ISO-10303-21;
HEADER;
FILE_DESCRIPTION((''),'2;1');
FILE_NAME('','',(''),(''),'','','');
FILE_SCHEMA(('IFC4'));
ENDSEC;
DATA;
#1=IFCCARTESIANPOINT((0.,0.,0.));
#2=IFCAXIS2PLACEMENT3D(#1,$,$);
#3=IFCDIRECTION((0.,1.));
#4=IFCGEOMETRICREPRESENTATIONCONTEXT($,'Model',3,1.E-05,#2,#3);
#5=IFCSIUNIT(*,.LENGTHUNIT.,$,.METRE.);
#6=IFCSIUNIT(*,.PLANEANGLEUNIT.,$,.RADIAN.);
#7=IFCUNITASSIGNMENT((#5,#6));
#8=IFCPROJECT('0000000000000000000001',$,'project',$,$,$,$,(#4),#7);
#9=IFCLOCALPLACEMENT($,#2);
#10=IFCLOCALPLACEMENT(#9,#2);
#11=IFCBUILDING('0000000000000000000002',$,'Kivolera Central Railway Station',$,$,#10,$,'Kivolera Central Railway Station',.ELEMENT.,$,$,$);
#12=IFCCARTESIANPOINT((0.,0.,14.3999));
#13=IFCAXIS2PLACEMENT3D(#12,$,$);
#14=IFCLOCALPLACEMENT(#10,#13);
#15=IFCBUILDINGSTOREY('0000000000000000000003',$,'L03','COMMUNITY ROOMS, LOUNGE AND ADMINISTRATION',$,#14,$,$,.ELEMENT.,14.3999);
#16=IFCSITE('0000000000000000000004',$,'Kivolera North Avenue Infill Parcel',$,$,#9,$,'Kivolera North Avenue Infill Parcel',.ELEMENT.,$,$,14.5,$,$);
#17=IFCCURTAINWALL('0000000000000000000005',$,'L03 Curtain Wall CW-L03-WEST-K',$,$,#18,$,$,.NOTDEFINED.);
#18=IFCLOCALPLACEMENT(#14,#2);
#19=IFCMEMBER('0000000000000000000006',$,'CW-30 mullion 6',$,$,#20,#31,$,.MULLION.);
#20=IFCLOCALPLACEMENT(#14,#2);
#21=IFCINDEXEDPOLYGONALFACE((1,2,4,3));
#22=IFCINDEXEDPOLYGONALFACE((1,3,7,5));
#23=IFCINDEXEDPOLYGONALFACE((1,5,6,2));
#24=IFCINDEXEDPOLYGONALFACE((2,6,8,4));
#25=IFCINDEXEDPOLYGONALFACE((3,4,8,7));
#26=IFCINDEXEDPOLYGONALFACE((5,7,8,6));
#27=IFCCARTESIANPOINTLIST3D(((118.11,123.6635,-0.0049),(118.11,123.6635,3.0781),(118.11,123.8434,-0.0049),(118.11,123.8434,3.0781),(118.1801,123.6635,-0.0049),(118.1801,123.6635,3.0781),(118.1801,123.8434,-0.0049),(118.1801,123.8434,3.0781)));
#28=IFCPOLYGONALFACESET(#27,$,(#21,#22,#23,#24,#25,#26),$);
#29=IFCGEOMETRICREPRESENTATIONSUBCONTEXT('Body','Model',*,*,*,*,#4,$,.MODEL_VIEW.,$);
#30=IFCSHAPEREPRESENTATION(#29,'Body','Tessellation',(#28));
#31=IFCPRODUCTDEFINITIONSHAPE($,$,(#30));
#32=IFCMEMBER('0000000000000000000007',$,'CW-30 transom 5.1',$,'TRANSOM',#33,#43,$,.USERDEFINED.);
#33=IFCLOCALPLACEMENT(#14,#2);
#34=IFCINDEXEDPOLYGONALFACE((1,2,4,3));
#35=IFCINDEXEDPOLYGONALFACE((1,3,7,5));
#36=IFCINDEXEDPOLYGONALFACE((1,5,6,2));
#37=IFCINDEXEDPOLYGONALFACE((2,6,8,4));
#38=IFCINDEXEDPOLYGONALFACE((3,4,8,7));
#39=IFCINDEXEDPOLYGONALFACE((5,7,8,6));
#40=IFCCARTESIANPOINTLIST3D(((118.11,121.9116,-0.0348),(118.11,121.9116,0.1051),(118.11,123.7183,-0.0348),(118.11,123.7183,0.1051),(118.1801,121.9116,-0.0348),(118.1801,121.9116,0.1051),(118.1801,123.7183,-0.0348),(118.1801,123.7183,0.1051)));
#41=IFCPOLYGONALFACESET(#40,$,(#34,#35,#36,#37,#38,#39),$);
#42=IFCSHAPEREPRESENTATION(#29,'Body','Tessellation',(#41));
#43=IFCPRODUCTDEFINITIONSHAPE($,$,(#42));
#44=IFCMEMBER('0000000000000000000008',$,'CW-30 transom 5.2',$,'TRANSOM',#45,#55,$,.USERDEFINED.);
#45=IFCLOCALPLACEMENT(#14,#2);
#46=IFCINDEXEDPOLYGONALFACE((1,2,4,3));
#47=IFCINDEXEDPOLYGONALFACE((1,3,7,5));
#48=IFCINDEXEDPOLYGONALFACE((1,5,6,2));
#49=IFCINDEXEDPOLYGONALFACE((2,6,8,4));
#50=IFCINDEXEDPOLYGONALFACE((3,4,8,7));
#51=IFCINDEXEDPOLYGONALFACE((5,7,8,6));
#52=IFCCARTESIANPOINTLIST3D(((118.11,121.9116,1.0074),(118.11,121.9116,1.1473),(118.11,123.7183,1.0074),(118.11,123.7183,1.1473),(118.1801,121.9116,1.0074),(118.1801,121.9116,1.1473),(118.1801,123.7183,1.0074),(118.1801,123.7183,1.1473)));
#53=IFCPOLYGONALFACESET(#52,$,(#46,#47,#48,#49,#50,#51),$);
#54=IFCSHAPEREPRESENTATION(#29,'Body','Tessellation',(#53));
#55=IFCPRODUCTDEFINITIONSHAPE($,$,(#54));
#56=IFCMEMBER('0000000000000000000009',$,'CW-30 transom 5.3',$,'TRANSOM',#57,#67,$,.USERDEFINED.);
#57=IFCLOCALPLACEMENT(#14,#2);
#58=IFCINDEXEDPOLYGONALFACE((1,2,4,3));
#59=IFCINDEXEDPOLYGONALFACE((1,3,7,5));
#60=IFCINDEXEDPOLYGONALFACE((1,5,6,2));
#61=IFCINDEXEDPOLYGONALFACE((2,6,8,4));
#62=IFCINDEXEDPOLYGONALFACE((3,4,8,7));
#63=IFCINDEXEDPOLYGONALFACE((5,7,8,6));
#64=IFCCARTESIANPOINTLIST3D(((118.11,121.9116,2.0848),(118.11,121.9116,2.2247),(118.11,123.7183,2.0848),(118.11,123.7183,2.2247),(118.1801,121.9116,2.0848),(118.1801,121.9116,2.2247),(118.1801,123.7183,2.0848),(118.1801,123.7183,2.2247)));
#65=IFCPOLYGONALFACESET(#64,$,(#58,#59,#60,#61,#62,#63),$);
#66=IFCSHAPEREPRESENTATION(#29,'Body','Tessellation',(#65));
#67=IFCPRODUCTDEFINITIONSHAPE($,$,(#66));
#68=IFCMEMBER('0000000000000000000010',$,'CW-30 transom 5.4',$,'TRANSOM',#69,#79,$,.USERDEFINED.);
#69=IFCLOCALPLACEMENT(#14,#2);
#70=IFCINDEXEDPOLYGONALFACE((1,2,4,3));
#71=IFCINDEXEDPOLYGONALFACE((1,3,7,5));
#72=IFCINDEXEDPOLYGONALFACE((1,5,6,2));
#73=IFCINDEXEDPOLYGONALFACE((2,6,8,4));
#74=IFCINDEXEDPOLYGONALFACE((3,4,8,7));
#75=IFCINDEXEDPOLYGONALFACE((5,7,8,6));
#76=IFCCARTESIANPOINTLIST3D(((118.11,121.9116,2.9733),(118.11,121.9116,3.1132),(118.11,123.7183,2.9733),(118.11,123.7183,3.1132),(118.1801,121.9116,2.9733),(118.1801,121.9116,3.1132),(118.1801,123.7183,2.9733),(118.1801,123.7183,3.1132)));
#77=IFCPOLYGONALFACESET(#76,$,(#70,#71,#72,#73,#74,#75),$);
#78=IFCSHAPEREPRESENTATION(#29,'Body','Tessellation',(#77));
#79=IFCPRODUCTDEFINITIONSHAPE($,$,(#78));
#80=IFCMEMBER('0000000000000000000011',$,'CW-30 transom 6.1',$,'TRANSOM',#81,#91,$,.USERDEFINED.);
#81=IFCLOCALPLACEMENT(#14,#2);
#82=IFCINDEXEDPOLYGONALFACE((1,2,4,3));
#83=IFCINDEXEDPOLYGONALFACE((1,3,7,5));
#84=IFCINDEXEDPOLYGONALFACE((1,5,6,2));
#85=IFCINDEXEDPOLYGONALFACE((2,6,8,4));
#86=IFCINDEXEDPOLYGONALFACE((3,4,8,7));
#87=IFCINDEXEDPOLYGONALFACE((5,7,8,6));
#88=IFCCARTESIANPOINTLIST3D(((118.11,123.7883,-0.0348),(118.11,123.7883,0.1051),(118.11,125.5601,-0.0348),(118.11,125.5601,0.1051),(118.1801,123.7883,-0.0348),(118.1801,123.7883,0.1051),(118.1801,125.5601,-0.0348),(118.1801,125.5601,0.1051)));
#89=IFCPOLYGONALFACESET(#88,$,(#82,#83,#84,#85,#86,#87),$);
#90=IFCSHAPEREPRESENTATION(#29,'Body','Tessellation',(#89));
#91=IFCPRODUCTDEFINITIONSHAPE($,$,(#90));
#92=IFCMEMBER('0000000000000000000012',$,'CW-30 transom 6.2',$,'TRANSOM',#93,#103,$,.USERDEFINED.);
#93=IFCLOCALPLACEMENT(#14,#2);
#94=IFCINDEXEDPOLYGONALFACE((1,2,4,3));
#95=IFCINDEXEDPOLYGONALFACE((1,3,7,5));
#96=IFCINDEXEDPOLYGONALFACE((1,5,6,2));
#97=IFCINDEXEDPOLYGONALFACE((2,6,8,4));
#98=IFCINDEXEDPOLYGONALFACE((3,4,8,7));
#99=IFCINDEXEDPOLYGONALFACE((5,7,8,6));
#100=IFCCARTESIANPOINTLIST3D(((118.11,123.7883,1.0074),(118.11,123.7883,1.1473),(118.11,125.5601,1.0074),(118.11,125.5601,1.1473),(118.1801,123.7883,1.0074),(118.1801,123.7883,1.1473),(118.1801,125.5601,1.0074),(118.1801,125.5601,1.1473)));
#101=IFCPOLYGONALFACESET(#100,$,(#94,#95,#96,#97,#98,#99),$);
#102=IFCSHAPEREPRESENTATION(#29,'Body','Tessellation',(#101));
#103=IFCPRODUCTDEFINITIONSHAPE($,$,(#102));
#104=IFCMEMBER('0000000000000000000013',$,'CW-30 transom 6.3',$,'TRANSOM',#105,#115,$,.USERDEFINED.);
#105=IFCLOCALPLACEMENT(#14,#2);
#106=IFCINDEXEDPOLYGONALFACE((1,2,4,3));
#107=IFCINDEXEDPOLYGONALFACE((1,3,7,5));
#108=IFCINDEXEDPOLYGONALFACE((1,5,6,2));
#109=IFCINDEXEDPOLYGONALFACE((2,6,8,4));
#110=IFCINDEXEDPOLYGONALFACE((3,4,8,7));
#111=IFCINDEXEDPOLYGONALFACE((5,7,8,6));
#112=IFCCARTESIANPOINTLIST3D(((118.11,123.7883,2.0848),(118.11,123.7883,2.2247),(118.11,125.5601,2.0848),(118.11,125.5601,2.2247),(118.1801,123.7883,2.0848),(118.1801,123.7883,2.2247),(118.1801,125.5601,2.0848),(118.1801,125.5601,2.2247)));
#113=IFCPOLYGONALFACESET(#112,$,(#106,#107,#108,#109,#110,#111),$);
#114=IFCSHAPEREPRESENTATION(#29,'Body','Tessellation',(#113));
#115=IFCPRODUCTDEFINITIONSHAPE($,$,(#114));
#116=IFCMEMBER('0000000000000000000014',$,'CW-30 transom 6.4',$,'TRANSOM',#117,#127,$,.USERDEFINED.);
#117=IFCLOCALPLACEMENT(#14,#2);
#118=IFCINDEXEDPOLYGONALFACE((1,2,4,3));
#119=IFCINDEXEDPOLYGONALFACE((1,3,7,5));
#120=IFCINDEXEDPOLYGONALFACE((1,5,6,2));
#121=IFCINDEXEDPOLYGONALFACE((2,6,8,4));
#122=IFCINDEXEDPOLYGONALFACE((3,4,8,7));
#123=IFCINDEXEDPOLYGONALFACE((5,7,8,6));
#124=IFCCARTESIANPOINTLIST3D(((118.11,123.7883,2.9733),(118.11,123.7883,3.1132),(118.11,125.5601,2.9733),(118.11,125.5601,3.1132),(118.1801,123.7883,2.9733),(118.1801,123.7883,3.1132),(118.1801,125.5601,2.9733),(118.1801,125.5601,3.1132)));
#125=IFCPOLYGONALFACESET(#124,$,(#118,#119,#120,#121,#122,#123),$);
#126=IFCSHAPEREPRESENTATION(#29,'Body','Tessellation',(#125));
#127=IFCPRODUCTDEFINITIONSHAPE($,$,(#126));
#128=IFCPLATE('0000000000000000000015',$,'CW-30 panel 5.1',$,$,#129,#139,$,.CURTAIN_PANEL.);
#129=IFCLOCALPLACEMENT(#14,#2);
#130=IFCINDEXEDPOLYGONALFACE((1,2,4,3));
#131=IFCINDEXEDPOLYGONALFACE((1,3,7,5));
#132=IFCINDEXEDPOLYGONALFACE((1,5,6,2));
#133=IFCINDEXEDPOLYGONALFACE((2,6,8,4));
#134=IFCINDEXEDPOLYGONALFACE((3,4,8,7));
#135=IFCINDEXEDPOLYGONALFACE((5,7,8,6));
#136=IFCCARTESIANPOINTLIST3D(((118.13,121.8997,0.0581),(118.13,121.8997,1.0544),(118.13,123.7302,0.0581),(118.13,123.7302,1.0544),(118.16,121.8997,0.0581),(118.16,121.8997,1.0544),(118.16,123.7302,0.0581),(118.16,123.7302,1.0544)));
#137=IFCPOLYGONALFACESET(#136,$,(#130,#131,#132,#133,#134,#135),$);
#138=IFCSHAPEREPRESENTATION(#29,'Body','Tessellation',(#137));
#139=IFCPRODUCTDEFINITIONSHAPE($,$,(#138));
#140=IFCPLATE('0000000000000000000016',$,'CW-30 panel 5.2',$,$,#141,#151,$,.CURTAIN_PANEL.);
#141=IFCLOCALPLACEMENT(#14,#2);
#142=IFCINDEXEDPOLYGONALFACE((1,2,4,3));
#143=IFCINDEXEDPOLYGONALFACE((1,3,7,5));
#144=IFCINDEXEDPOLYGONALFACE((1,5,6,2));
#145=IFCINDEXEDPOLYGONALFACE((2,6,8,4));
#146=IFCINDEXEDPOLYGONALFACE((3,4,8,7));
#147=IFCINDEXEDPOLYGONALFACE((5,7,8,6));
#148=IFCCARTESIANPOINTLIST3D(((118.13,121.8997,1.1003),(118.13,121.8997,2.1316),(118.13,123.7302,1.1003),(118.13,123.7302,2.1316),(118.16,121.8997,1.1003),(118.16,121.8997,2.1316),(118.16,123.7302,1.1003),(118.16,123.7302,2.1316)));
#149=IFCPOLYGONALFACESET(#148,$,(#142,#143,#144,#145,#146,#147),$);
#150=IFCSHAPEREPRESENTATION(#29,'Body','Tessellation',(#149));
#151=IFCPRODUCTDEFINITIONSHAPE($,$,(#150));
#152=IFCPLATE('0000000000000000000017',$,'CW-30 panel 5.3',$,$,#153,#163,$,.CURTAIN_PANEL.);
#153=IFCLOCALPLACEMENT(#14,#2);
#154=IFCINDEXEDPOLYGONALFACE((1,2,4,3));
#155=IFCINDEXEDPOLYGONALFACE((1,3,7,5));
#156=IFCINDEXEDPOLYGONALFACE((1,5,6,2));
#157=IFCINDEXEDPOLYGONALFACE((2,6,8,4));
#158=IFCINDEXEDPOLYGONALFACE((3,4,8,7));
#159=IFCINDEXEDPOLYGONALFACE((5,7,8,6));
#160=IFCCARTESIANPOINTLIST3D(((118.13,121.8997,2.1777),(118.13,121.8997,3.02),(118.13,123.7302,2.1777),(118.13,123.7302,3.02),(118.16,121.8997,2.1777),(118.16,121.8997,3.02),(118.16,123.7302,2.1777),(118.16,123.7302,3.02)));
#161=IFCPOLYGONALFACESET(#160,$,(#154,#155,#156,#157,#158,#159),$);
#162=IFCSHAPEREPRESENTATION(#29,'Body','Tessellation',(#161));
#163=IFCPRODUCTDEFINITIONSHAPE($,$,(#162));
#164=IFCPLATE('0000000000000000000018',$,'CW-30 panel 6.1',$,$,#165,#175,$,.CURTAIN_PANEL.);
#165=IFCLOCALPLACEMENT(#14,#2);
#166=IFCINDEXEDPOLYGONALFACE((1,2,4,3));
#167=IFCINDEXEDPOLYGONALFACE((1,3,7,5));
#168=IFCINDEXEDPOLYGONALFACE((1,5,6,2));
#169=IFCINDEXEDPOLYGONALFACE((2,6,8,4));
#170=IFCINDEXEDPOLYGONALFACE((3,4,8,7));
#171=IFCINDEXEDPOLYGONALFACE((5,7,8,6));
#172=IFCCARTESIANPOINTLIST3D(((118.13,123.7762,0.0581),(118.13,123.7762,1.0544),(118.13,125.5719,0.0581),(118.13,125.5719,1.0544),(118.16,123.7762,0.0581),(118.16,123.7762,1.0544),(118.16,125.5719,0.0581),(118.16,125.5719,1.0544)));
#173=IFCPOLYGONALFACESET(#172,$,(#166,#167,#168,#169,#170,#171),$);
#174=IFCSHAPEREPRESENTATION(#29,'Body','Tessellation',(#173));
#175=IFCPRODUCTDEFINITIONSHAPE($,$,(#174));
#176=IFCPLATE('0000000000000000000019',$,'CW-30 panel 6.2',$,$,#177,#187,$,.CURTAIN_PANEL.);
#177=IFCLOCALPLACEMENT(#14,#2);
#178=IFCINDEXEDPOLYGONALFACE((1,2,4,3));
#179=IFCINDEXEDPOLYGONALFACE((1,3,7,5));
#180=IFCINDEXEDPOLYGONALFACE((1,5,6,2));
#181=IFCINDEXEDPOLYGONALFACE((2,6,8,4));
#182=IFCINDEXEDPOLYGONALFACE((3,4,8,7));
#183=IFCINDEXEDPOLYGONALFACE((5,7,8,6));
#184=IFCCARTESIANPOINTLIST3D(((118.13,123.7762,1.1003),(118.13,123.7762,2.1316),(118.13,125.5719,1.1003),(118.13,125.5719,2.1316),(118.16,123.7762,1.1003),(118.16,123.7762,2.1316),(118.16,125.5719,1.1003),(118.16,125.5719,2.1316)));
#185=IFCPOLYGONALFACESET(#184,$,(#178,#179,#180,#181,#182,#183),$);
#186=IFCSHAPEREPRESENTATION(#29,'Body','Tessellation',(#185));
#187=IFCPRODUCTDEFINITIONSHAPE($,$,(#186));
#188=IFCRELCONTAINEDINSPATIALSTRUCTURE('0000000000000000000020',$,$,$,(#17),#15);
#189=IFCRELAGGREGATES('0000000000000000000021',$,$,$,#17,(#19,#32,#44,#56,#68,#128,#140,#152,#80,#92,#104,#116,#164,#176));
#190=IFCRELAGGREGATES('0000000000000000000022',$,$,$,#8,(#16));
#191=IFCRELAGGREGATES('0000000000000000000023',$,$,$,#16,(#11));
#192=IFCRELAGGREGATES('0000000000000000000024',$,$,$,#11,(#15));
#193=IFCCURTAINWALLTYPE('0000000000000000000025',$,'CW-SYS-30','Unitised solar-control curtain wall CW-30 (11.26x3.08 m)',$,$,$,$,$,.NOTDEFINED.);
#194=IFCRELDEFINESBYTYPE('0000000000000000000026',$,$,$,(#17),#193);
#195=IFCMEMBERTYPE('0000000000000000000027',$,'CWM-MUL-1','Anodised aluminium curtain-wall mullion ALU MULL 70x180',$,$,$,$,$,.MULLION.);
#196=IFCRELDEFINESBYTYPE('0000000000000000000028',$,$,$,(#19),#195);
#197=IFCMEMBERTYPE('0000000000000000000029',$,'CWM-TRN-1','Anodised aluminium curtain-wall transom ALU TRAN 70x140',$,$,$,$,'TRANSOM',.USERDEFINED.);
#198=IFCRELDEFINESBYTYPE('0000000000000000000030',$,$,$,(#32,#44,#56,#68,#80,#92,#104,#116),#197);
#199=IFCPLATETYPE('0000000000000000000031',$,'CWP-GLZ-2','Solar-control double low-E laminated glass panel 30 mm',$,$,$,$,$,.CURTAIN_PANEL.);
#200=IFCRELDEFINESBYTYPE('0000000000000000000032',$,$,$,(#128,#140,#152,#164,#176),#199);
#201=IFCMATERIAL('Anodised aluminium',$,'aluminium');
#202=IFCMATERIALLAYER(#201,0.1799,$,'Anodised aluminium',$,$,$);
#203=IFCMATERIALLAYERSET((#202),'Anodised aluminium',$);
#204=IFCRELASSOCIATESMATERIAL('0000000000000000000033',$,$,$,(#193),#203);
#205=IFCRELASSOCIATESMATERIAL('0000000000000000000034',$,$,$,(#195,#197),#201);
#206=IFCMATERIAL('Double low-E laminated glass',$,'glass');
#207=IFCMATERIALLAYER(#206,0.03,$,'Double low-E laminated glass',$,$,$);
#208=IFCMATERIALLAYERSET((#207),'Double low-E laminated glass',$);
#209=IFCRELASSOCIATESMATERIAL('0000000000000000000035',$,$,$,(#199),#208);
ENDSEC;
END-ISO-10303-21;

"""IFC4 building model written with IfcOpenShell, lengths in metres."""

from ifc_helpers import new_model, si_unit, direction, frame, origin, origin_2d, place, context, subcontext, project, spatial, rectangle, extrude, material, layer, layer_set, material_profile, profile_set, type_object, element, aggregate, save


model = new_model("IFC4")

# Units and contexts
model_context = context("Model", 3, precision=1e-05, world=origin(), true_north=direction((0.0, 1.0)))
body_context = subcontext(model_context, "Body", "Model", "MODEL_VIEW")
ifc_project = project(units=[si_unit("LENGTHUNIT", "METRE"), si_unit("PLANEANGLEUNIT", "RADIAN")], contexts=[model_context])

# Site, building, storey
site_placement = place(None, origin())
site = spatial("IfcSite", under=ifc_project, at=site_placement, Name="Kivolera North Avenue Infill Parcel", LongName="Kivolera North Avenue Infill Parcel", CompositionType="ELEMENT", RefElevation=14.5)
building_placement = place(site_placement, origin())
building = spatial("IfcBuilding", under=site, at=building_placement, Name="Kivolera Central Railway Station", LongName="Kivolera Central Railway Station", CompositionType="ELEMENT")
storey_placement = place(building_placement, frame((0.0, 0.0, 14.3999)))
storey = spatial("IfcBuildingStorey", under=building, at=storey_placement, Name="L03", Description="COMMUNITY ROOMS, LOUNGE AND ADMINISTRATION", CompositionType="ELEMENT", Elevation=14.3999)

# Curtain wall, members, plates
ifc_material_1 = material(Name="Anodised aluminium", Category="aluminium")
ifc_layer_1 = layer(ifc_material_1, 0.1799, Name="Anodised aluminium")
ifc_layer_set_1 = layer_set([ifc_layer_1], Name="Anodised aluminium")
curtain_wall_type = type_object("IfcCurtainWallType", Name="CW-SYS-30", Description="Unitised solar-control curtain wall CW-30 (11.26x3.08 m)", PredefinedType="NOTDEFINED", material=ifc_layer_set_1)
curtain_wall_placement = place(storey_placement, origin())
curtain_wall = element("IfcCurtainWall", 1, at=curtain_wall_placement, inside=storey, type_object=curtain_wall_type, Name="L03 Curtain Wall CW-L03-WEST-K", PredefinedType="NOTDEFINED")
ifc_material_profile_1 = material_profile(ifc_material_1, rectangle(XDim=0.0701, YDim=0.1799, at=origin_2d()), Name="ALU MULL 70x180")
ifc_profile_set_1 = profile_set([ifc_material_profile_1], Name="Anodised aluminium")
member_type_1 = type_object("IfcMemberType", Name="CWM-MUL-1", Description="Anodised aluminium curtain-wall mullion ALU MULL 70x180", PredefinedType="MULLION", material=ifc_profile_set_1)
member_1_placement = place(storey_placement, frame((118.145, 123.7534, -0.0049), z_axis=(0.0, 0.0, 1.0), x_axis=(-1.0, 0.0, 0.0)))
member_1 = element("IfcMember", 2, at=member_1_placement, type_object=member_type_1, Name="CW-30 mullion 6", PredefinedType="MULLION", context=body_context, shape_type="SweptSolid", body=[
    extrude(rectangle(XDim=0.0701, YDim=0.1799, at=origin_2d()), origin(), (0.0, 0.0, 1.0), 3.083),
])
ifc_material_profile_2 = material_profile(ifc_material_1, rectangle(XDim=0.0701, YDim=0.1399, at=origin_2d()), Name="ALU TRAN 70x140")
ifc_profile_set_2 = profile_set([ifc_material_profile_2], Name="Anodised aluminium")
member_type_2 = type_object("IfcMemberType", Name="CWM-TRN-1", Description="Anodised aluminium curtain-wall transom ALU TRAN 70x140", ElementType="TRANSOM", PredefinedType="USERDEFINED", material=ifc_profile_set_2)
member_2_placement = place(storey_placement, frame((118.145, 121.9116, 0.0352), z_axis=(0.0, 1.0, 0.0), x_axis=(-1.0, 0.0, 0.0)))
member_2 = element("IfcMember", 3, at=member_2_placement, type_object=member_type_2, Name="CW-30 transom 5.1", ObjectType="TRANSOM", PredefinedType="USERDEFINED", context=body_context, shape_type="SweptSolid", body=[
    extrude(rectangle(XDim=0.0701, YDim=0.1399, at=origin_2d()), origin(), (0.0, 0.0, 1.0), 1.8066),
])
member_3_placement = place(storey_placement, frame((118.145, 121.9116, 1.0774), z_axis=(0.0, 1.0, 0.0), x_axis=(-1.0, 0.0, 0.0)))
member_3 = element("IfcMember", 4, at=member_3_placement, type_object=member_type_2, Name="CW-30 transom 5.2", ObjectType="TRANSOM", PredefinedType="USERDEFINED", context=body_context, shape_type="SweptSolid", body=[
    extrude(rectangle(XDim=0.0701, YDim=0.1399, at=origin_2d()), origin(), (0.0, 0.0, 1.0), 1.8066),
])
member_4_placement = place(storey_placement, frame((118.145, 121.9116, 2.1548), z_axis=(0.0, 1.0, 0.0), x_axis=(-1.0, 0.0, 0.0)))
member_4 = element("IfcMember", 5, at=member_4_placement, type_object=member_type_2, Name="CW-30 transom 5.3", ObjectType="TRANSOM", PredefinedType="USERDEFINED", context=body_context, shape_type="SweptSolid", body=[
    extrude(rectangle(XDim=0.0701, YDim=0.1399, at=origin_2d()), origin(), (0.0, 0.0, 1.0), 1.8066),
])
member_5_placement = place(storey_placement, frame((118.145, 121.9116, 3.0432), z_axis=(0.0, 1.0, 0.0), x_axis=(-1.0, 0.0, 0.0)))
member_5 = element("IfcMember", 6, at=member_5_placement, type_object=member_type_2, Name="CW-30 transom 5.4", ObjectType="TRANSOM", PredefinedType="USERDEFINED", context=body_context, shape_type="SweptSolid", body=[
    extrude(rectangle(XDim=0.0701, YDim=0.1399, at=origin_2d()), origin(), (0.0, 0.0, 1.0), 1.8066),
])
member_6_placement = place(storey_placement, frame((118.145, 123.7883, 0.0352), z_axis=(0.0, 1.0, 0.0), x_axis=(-1.0, 0.0, 0.0)))
member_6 = element("IfcMember", 7, at=member_6_placement, type_object=member_type_2, Name="CW-30 transom 6.1", ObjectType="TRANSOM", PredefinedType="USERDEFINED", context=body_context, shape_type="SweptSolid", body=[
    extrude(rectangle(XDim=0.0701, YDim=0.1399, at=origin_2d()), origin(), (0.0, 0.0, 1.0), 1.7717),
])
member_7_placement = place(storey_placement, frame((118.145, 123.7883, 1.0774), z_axis=(0.0, 1.0, 0.0), x_axis=(-1.0, 0.0, 0.0)))
member_7 = element("IfcMember", 8, at=member_7_placement, type_object=member_type_2, Name="CW-30 transom 6.2", ObjectType="TRANSOM", PredefinedType="USERDEFINED", context=body_context, shape_type="SweptSolid", body=[
    extrude(rectangle(XDim=0.0701, YDim=0.1399, at=origin_2d()), origin(), (0.0, 0.0, 1.0), 1.7717),
])
member_8_placement = place(storey_placement, frame((118.145, 123.7883, 2.1548), z_axis=(0.0, 1.0, 0.0), x_axis=(-1.0, 0.0, 0.0)))
member_8 = element("IfcMember", 9, at=member_8_placement, type_object=member_type_2, Name="CW-30 transom 6.3", ObjectType="TRANSOM", PredefinedType="USERDEFINED", context=body_context, shape_type="SweptSolid", body=[
    extrude(rectangle(XDim=0.0701, YDim=0.1399, at=origin_2d()), origin(), (0.0, 0.0, 1.0), 1.7717),
])
member_9_placement = place(storey_placement, frame((118.145, 123.7883, 3.0432), z_axis=(0.0, 1.0, 0.0), x_axis=(-1.0, 0.0, 0.0)))
member_9 = element("IfcMember", 10, at=member_9_placement, type_object=member_type_2, Name="CW-30 transom 6.4", ObjectType="TRANSOM", PredefinedType="USERDEFINED", context=body_context, shape_type="SweptSolid", body=[
    extrude(rectangle(XDim=0.0701, YDim=0.1399, at=origin_2d()), origin(), (0.0, 0.0, 1.0), 1.7717),
])
ifc_material_2 = material(Name="Double low-E laminated glass", Category="glass")
ifc_layer_2 = layer(ifc_material_2, 0.03, Name="Double low-E laminated glass")
ifc_layer_set_2 = layer_set([ifc_layer_2], Name="Double low-E laminated glass")
plate_type = type_object("IfcPlateType", Name="CWP-GLZ-2", Description="Solar-control double low-E laminated glass panel 30 mm", PredefinedType="CURTAIN_PANEL", material=ifc_layer_set_2)
plate_1_placement = place(storey_placement, frame((118.145, 122.8149, 0.0581), z_axis=(0.0, 0.0, 1.0), x_axis=(0.0, 1.0, 0.0)))
plate_1 = element("IfcPlate", 11, at=plate_1_placement, type_object=plate_type, Name="CW-30 panel 5.1", PredefinedType="CURTAIN_PANEL", context=body_context, shape_type="SweptSolid", body=[
    extrude(rectangle(XDim=1.8306, YDim=0.03, at=origin_2d()), origin(), (0.0, 0.0, 1.0), 0.9963),
])
plate_2_placement = place(storey_placement, frame((118.145, 122.8149, 1.1003), z_axis=(0.0, 0.0, 1.0), x_axis=(0.0, 1.0, 0.0)))
plate_2 = element("IfcPlate", 12, at=plate_2_placement, type_object=plate_type, Name="CW-30 panel 5.2", PredefinedType="CURTAIN_PANEL", context=body_context, shape_type="SweptSolid", body=[
    extrude(rectangle(XDim=1.8306, YDim=0.03, at=origin_2d()), origin(), (0.0, 0.0, 1.0), 1.0312),
])
plate_3_placement = place(storey_placement, frame((118.145, 122.8149, 2.1777), z_axis=(0.0, 0.0, 1.0), x_axis=(0.0, 1.0, 0.0)))
plate_3 = element("IfcPlate", 13, at=plate_3_placement, type_object=plate_type, Name="CW-30 panel 5.3", PredefinedType="CURTAIN_PANEL", context=body_context, shape_type="SweptSolid", body=[
    extrude(rectangle(XDim=1.8306, YDim=0.03, at=origin_2d()), origin(), (0.0, 0.0, 1.0), 0.8423),
])
plate_4_placement = place(storey_placement, frame((118.145, 124.6741, 0.0581), z_axis=(0.0, 0.0, 1.0), x_axis=(0.0, 1.0, 0.0)))
plate_4 = element("IfcPlate", 14, at=plate_4_placement, type_object=plate_type, Name="CW-30 panel 6.1", PredefinedType="CURTAIN_PANEL", context=body_context, shape_type="SweptSolid", body=[
    extrude(rectangle(XDim=1.7957, YDim=0.03, at=origin_2d()), origin(), (0.0, 0.0, 1.0), 0.9963),
])
plate_5_placement = place(storey_placement, frame((118.145, 124.6741, 1.1003), z_axis=(0.0, 0.0, 1.0), x_axis=(0.0, 1.0, 0.0)))
plate_5 = element("IfcPlate", 15, at=plate_5_placement, type_object=plate_type, Name="CW-30 panel 6.2", PredefinedType="CURTAIN_PANEL", context=body_context, shape_type="SweptSolid", body=[
    extrude(rectangle(XDim=1.7957, YDim=0.03, at=origin_2d()), origin(), (0.0, 0.0, 1.0), 1.0312),
])
aggregate(curtain_wall, [member_1, member_2, member_3, member_4, member_5, plate_1, plate_2, plate_3, member_6, member_7, member_8, member_9, plate_4, plate_5])

save(model, "model.ifc")
